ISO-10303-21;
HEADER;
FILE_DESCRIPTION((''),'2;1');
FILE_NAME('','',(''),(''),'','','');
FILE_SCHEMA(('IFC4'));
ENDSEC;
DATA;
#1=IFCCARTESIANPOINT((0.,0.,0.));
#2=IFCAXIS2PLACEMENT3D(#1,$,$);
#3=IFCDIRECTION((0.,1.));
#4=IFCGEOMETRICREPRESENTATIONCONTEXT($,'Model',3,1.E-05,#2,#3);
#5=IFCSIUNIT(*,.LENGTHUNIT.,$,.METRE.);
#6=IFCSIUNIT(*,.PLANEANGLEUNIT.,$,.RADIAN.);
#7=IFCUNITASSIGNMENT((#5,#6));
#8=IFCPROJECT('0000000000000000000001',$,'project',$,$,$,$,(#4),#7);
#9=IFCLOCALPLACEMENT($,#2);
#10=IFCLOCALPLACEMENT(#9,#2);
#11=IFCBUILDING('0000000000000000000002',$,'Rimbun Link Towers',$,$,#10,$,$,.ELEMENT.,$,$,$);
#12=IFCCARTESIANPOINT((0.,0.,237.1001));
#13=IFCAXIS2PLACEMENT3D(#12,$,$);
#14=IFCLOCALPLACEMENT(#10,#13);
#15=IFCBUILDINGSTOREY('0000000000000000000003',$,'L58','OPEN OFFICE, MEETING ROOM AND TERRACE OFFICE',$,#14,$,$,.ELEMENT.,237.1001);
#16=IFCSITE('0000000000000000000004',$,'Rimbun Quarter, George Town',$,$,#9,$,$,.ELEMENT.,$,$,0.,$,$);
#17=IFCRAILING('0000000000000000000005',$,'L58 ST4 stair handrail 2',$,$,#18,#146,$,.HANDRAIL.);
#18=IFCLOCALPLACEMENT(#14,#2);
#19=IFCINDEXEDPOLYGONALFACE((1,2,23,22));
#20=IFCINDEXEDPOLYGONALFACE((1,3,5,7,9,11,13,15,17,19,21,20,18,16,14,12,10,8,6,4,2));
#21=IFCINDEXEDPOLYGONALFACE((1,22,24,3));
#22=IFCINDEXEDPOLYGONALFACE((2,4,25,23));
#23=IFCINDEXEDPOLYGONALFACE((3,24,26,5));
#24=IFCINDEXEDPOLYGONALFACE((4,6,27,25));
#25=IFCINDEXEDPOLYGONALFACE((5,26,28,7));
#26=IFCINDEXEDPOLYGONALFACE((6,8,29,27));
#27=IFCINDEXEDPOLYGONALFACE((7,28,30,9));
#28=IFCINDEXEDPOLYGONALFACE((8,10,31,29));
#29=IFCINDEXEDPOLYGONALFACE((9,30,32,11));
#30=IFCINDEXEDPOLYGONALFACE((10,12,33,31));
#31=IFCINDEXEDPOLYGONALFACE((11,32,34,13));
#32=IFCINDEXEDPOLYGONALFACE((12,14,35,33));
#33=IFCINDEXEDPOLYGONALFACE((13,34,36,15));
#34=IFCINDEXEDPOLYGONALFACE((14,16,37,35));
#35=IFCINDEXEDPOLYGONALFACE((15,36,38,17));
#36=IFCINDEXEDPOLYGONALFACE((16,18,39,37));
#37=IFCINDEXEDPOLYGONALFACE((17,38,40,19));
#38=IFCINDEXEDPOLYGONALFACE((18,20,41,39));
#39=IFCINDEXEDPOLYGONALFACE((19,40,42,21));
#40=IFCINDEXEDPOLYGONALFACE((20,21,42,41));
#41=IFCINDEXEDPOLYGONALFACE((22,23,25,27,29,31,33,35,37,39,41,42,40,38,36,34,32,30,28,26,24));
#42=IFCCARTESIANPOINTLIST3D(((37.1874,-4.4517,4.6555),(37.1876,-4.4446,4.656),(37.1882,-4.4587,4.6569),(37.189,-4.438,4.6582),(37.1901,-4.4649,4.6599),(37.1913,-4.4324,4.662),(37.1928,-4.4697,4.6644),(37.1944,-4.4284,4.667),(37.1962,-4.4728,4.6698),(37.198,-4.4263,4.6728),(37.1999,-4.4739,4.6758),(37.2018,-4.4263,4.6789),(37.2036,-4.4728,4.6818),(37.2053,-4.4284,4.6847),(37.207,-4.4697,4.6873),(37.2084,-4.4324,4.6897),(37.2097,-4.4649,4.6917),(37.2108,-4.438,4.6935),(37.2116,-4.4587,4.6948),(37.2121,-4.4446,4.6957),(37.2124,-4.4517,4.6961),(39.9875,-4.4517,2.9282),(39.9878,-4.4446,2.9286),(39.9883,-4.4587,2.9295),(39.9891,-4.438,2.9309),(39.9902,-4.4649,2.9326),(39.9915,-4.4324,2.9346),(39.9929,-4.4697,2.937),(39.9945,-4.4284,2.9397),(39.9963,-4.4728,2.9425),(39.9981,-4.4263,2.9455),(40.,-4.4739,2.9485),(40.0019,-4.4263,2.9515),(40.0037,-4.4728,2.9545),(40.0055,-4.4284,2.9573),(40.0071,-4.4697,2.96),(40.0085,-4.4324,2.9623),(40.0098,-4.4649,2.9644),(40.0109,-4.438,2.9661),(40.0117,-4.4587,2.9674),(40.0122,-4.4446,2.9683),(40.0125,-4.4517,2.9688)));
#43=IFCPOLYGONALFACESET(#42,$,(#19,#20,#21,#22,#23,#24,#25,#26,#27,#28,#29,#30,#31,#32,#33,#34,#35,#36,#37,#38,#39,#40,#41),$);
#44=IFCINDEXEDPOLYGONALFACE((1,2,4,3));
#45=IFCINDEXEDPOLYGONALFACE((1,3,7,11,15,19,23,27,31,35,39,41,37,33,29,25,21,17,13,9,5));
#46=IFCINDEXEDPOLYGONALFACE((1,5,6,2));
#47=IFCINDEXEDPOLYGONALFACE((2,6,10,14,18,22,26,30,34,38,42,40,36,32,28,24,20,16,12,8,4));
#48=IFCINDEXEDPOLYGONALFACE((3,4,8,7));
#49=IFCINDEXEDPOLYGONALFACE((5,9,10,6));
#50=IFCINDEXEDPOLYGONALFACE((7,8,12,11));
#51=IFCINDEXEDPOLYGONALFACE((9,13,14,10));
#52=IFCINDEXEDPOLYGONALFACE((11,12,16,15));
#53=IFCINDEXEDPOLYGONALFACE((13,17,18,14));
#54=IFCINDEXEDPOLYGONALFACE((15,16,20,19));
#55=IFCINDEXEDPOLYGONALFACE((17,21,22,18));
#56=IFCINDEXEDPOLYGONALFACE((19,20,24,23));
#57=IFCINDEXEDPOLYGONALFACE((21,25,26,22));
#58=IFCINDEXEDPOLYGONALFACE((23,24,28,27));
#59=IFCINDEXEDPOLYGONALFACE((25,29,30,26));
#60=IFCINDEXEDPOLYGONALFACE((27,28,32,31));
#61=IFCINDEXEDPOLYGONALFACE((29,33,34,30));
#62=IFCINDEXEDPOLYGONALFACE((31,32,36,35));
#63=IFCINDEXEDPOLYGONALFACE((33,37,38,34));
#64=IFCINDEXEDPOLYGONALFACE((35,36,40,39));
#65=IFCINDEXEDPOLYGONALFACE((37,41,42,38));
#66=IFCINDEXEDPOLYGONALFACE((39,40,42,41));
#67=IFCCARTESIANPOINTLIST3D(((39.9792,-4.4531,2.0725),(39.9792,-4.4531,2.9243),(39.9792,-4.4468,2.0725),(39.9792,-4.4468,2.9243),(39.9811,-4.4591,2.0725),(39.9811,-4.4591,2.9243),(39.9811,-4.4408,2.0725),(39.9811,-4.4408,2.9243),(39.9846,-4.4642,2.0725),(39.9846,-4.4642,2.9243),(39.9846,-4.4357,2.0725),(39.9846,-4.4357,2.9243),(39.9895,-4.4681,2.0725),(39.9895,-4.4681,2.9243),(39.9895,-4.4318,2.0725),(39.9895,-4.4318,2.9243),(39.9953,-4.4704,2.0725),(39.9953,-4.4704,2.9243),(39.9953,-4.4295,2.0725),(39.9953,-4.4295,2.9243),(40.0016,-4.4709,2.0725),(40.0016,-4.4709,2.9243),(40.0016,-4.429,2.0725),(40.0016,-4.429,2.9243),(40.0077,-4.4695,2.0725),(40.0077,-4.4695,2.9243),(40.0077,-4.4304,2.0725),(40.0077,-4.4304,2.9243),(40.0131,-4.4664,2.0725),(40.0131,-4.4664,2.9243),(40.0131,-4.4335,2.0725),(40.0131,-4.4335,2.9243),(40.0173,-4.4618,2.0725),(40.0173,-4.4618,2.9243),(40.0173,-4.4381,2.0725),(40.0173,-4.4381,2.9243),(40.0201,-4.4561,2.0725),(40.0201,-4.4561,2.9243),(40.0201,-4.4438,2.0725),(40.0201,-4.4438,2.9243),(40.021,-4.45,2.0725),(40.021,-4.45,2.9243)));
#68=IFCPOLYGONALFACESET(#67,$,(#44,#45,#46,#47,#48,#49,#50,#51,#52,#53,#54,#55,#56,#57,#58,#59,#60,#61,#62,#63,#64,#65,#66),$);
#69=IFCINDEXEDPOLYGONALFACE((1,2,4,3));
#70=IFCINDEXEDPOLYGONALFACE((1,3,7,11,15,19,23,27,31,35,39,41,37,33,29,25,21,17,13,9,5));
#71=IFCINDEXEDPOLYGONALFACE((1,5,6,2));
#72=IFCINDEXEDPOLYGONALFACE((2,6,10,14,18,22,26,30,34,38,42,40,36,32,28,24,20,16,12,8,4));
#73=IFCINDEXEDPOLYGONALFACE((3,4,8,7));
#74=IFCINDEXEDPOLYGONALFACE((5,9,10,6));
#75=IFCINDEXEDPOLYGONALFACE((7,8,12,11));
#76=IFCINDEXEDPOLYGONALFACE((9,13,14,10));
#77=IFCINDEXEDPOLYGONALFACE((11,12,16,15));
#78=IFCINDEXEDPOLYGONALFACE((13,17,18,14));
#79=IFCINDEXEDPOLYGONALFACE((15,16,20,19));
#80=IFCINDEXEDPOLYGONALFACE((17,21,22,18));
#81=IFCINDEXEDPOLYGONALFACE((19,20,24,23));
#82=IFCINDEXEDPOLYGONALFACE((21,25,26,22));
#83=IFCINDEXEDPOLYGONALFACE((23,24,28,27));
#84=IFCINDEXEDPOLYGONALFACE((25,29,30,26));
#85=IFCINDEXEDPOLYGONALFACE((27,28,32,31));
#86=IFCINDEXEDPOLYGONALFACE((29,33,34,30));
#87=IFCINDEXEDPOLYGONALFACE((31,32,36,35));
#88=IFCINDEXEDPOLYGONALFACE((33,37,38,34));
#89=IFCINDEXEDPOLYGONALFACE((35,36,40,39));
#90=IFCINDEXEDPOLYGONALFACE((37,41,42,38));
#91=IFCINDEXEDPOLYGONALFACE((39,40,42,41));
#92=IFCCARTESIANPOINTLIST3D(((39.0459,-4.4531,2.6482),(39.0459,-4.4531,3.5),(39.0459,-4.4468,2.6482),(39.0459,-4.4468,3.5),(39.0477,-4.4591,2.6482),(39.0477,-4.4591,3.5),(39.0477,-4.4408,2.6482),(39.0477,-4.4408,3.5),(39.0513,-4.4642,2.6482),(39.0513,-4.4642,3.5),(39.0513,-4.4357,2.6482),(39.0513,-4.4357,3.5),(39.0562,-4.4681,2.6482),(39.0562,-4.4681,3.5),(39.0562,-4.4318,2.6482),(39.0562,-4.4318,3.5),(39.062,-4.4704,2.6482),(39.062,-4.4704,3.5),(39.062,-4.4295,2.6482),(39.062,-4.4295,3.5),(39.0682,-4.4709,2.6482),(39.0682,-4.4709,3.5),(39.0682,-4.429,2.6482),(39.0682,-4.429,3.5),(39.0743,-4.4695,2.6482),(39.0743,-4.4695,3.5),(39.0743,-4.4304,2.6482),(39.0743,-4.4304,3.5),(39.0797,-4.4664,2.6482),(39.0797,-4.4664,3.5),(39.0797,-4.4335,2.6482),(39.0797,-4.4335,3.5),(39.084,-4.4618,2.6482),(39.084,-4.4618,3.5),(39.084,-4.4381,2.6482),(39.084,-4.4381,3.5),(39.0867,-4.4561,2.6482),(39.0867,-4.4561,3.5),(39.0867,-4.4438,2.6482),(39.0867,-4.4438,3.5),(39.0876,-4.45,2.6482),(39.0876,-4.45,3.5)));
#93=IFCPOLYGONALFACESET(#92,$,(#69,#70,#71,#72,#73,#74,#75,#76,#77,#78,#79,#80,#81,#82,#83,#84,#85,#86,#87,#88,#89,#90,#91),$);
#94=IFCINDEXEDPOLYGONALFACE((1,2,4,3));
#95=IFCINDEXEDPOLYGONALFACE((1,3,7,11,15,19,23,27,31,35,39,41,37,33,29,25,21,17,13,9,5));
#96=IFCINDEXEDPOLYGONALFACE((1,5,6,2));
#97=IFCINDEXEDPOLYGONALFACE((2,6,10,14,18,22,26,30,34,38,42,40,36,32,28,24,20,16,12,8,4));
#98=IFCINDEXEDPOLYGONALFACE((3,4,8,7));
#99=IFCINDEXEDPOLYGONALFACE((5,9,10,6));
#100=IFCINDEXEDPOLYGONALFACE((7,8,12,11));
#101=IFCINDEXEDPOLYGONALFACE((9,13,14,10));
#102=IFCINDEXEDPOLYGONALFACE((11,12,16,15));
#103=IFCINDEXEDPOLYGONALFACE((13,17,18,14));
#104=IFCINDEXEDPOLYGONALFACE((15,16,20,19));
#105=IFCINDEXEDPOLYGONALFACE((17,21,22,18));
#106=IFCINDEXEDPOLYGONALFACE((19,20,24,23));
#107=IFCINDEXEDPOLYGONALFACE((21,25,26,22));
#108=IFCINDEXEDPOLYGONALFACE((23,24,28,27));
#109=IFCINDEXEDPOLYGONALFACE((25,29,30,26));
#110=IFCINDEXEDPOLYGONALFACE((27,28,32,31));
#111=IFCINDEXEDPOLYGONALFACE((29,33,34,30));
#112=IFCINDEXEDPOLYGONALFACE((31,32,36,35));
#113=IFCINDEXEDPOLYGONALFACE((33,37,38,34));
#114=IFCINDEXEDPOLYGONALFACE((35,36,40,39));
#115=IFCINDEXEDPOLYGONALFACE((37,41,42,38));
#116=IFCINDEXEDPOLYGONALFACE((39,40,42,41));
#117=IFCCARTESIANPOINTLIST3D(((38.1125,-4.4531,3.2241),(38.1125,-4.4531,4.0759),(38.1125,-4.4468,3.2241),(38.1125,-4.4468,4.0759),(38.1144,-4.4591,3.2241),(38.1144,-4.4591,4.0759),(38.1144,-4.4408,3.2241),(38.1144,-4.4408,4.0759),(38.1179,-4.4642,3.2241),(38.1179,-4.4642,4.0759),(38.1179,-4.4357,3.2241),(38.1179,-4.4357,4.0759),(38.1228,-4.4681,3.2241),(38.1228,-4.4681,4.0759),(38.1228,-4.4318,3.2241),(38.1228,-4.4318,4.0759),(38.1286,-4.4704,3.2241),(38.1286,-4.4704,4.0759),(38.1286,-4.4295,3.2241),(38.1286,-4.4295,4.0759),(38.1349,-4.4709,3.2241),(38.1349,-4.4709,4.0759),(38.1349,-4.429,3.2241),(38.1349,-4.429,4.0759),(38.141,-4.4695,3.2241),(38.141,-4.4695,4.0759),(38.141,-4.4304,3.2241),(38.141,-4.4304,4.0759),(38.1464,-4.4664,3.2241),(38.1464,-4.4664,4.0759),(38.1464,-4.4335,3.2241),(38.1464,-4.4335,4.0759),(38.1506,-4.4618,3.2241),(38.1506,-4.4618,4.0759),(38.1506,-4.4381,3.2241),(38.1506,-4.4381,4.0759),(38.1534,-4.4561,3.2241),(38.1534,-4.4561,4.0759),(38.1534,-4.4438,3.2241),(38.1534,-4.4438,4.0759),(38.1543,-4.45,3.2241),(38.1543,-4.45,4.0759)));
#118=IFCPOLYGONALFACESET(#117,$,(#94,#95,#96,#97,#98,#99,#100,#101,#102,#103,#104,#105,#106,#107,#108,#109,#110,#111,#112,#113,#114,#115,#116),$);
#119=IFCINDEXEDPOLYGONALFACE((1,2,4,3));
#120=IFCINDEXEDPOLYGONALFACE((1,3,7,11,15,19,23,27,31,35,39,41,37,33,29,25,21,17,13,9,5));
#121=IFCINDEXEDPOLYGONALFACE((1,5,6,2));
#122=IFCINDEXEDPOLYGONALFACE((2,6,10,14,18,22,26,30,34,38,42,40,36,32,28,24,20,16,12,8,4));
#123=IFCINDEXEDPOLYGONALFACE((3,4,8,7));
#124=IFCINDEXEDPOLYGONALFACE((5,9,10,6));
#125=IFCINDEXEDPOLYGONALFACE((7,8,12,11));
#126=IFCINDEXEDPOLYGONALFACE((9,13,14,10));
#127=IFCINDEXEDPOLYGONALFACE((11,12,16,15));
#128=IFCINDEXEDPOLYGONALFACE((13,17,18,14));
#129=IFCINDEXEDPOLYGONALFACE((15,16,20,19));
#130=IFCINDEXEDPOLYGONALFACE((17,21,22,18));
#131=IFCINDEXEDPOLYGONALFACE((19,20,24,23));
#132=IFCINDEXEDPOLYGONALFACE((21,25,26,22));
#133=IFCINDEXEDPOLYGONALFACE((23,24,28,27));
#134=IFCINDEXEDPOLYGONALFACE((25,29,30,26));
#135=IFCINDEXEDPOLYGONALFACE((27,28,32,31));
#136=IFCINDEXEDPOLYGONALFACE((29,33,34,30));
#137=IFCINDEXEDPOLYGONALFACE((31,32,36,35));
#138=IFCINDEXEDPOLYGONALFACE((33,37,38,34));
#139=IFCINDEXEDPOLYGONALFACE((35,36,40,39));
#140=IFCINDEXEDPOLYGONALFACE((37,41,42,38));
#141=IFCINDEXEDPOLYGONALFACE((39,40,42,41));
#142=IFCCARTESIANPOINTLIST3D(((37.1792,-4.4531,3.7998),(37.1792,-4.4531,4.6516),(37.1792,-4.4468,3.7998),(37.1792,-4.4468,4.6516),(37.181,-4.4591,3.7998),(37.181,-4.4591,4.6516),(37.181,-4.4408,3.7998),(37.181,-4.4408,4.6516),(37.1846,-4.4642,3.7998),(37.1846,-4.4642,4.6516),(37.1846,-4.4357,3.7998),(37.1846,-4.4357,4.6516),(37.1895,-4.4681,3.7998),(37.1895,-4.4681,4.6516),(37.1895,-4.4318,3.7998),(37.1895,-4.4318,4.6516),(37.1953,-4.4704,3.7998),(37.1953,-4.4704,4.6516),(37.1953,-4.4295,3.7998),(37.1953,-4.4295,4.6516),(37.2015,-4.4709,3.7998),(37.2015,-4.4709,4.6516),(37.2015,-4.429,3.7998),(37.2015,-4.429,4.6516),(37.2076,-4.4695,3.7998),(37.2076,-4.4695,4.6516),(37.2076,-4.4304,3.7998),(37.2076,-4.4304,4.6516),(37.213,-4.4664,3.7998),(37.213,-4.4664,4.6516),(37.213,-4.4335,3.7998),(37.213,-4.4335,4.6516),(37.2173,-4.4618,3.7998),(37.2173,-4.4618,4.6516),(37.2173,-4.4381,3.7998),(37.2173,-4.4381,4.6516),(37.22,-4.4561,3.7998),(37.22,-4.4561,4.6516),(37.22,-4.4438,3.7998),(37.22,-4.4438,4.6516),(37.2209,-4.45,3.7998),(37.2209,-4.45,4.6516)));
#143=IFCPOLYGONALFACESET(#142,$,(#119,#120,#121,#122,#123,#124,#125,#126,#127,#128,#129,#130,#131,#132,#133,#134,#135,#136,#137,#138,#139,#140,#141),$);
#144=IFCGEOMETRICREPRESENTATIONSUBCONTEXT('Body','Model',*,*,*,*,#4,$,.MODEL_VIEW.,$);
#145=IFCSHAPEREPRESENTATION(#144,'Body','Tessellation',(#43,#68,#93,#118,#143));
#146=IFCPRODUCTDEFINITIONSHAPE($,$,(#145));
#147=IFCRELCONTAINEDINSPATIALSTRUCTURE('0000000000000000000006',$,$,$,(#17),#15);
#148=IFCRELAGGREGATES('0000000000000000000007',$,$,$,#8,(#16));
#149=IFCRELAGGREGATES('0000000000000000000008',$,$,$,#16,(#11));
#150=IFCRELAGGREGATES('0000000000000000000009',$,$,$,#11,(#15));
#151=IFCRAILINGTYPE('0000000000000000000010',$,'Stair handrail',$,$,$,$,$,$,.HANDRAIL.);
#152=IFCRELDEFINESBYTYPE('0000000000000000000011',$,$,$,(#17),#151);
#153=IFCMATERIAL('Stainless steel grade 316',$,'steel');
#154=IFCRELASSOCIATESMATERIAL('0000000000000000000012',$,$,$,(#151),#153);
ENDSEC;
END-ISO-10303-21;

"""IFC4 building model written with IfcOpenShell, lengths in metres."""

from ifc_helpers import new_model, si_unit, direction, frame, origin, origin_2d, place, context, subcontext, project, spatial, circle, extrude, material, type_object, element, save


model = new_model("IFC4")

# Units and contexts
model_context = context("Model", 3, precision=1e-05, world=origin(), true_north=direction((0.0, 1.0)))
body_context = subcontext(model_context, "Body", "Model", "MODEL_VIEW")
ifc_project = project(units=[si_unit("LENGTHUNIT", "METRE"), si_unit("PLANEANGLEUNIT", "RADIAN")], contexts=[model_context])

# Site, building, storey
site_placement = place(None, origin())
site = spatial("IfcSite", under=ifc_project, at=site_placement, Name="Rimbun Quarter, George Town", CompositionType="ELEMENT", RefElevation=0.0)
building_placement = place(site_placement, origin())
building = spatial("IfcBuilding", under=site, at=building_placement, Name="Rimbun Link Towers", CompositionType="ELEMENT")
storey_placement = place(building_placement, frame((0.0, 0.0, 237.1001)))
storey = spatial("IfcBuildingStorey", under=building, at=storey_placement, Name="L58", Description="OPEN OFFICE, MEETING ROOM AND TERRACE OFFICE", CompositionType="ELEMENT", Elevation=237.1001)

# Railing
ifc_material_1 = material(Name="Stainless steel grade 316", Category="steel")
railing_type_1 = type_object("IfcRailingType", Name="Stair handrail", PredefinedType="HANDRAIL", material=ifc_material_1)
railing_1_placement = place(storey_placement, frame((40.0, -4.45, 2.0725)))
element("IfcRailing", 1, at=railing_1_placement, inside=storey, type_object=railing_type_1, Name="L58 ST4 stair handrail 2", PredefinedType="HANDRAIL", context=body_context, shape_type="SweptSolid", body=[
    extrude(circle(Radius=0.0239, at=origin_2d()), frame((0.0, 0.0, 0.876), z_axis=(-0.85109, 0.0, 0.52502), x_axis=(0.0, -1.0, 0.0)), (0.0, 0.0, 1.0), 3.29),
    extrude(circle(Radius=0.021, at=origin_2d()), origin(), (0.0, 0.0, 1.0), 0.8518),
    extrude(circle(Radius=0.021, at=origin_2d()), frame((-0.9333, 0.0, 0.5757)), (0.0, 0.0, 1.0), 0.8518),
    extrude(circle(Radius=0.021, at=origin_2d()), frame((-1.8667, 0.0, 1.1516)), (0.0, 0.0, 1.0), 0.8518),
    extrude(circle(Radius=0.021, at=origin_2d()), frame((-2.8, 0.0, 1.7273)), (0.0, 0.0, 1.0), 0.8518),
])

save(model, "model.ifc")
